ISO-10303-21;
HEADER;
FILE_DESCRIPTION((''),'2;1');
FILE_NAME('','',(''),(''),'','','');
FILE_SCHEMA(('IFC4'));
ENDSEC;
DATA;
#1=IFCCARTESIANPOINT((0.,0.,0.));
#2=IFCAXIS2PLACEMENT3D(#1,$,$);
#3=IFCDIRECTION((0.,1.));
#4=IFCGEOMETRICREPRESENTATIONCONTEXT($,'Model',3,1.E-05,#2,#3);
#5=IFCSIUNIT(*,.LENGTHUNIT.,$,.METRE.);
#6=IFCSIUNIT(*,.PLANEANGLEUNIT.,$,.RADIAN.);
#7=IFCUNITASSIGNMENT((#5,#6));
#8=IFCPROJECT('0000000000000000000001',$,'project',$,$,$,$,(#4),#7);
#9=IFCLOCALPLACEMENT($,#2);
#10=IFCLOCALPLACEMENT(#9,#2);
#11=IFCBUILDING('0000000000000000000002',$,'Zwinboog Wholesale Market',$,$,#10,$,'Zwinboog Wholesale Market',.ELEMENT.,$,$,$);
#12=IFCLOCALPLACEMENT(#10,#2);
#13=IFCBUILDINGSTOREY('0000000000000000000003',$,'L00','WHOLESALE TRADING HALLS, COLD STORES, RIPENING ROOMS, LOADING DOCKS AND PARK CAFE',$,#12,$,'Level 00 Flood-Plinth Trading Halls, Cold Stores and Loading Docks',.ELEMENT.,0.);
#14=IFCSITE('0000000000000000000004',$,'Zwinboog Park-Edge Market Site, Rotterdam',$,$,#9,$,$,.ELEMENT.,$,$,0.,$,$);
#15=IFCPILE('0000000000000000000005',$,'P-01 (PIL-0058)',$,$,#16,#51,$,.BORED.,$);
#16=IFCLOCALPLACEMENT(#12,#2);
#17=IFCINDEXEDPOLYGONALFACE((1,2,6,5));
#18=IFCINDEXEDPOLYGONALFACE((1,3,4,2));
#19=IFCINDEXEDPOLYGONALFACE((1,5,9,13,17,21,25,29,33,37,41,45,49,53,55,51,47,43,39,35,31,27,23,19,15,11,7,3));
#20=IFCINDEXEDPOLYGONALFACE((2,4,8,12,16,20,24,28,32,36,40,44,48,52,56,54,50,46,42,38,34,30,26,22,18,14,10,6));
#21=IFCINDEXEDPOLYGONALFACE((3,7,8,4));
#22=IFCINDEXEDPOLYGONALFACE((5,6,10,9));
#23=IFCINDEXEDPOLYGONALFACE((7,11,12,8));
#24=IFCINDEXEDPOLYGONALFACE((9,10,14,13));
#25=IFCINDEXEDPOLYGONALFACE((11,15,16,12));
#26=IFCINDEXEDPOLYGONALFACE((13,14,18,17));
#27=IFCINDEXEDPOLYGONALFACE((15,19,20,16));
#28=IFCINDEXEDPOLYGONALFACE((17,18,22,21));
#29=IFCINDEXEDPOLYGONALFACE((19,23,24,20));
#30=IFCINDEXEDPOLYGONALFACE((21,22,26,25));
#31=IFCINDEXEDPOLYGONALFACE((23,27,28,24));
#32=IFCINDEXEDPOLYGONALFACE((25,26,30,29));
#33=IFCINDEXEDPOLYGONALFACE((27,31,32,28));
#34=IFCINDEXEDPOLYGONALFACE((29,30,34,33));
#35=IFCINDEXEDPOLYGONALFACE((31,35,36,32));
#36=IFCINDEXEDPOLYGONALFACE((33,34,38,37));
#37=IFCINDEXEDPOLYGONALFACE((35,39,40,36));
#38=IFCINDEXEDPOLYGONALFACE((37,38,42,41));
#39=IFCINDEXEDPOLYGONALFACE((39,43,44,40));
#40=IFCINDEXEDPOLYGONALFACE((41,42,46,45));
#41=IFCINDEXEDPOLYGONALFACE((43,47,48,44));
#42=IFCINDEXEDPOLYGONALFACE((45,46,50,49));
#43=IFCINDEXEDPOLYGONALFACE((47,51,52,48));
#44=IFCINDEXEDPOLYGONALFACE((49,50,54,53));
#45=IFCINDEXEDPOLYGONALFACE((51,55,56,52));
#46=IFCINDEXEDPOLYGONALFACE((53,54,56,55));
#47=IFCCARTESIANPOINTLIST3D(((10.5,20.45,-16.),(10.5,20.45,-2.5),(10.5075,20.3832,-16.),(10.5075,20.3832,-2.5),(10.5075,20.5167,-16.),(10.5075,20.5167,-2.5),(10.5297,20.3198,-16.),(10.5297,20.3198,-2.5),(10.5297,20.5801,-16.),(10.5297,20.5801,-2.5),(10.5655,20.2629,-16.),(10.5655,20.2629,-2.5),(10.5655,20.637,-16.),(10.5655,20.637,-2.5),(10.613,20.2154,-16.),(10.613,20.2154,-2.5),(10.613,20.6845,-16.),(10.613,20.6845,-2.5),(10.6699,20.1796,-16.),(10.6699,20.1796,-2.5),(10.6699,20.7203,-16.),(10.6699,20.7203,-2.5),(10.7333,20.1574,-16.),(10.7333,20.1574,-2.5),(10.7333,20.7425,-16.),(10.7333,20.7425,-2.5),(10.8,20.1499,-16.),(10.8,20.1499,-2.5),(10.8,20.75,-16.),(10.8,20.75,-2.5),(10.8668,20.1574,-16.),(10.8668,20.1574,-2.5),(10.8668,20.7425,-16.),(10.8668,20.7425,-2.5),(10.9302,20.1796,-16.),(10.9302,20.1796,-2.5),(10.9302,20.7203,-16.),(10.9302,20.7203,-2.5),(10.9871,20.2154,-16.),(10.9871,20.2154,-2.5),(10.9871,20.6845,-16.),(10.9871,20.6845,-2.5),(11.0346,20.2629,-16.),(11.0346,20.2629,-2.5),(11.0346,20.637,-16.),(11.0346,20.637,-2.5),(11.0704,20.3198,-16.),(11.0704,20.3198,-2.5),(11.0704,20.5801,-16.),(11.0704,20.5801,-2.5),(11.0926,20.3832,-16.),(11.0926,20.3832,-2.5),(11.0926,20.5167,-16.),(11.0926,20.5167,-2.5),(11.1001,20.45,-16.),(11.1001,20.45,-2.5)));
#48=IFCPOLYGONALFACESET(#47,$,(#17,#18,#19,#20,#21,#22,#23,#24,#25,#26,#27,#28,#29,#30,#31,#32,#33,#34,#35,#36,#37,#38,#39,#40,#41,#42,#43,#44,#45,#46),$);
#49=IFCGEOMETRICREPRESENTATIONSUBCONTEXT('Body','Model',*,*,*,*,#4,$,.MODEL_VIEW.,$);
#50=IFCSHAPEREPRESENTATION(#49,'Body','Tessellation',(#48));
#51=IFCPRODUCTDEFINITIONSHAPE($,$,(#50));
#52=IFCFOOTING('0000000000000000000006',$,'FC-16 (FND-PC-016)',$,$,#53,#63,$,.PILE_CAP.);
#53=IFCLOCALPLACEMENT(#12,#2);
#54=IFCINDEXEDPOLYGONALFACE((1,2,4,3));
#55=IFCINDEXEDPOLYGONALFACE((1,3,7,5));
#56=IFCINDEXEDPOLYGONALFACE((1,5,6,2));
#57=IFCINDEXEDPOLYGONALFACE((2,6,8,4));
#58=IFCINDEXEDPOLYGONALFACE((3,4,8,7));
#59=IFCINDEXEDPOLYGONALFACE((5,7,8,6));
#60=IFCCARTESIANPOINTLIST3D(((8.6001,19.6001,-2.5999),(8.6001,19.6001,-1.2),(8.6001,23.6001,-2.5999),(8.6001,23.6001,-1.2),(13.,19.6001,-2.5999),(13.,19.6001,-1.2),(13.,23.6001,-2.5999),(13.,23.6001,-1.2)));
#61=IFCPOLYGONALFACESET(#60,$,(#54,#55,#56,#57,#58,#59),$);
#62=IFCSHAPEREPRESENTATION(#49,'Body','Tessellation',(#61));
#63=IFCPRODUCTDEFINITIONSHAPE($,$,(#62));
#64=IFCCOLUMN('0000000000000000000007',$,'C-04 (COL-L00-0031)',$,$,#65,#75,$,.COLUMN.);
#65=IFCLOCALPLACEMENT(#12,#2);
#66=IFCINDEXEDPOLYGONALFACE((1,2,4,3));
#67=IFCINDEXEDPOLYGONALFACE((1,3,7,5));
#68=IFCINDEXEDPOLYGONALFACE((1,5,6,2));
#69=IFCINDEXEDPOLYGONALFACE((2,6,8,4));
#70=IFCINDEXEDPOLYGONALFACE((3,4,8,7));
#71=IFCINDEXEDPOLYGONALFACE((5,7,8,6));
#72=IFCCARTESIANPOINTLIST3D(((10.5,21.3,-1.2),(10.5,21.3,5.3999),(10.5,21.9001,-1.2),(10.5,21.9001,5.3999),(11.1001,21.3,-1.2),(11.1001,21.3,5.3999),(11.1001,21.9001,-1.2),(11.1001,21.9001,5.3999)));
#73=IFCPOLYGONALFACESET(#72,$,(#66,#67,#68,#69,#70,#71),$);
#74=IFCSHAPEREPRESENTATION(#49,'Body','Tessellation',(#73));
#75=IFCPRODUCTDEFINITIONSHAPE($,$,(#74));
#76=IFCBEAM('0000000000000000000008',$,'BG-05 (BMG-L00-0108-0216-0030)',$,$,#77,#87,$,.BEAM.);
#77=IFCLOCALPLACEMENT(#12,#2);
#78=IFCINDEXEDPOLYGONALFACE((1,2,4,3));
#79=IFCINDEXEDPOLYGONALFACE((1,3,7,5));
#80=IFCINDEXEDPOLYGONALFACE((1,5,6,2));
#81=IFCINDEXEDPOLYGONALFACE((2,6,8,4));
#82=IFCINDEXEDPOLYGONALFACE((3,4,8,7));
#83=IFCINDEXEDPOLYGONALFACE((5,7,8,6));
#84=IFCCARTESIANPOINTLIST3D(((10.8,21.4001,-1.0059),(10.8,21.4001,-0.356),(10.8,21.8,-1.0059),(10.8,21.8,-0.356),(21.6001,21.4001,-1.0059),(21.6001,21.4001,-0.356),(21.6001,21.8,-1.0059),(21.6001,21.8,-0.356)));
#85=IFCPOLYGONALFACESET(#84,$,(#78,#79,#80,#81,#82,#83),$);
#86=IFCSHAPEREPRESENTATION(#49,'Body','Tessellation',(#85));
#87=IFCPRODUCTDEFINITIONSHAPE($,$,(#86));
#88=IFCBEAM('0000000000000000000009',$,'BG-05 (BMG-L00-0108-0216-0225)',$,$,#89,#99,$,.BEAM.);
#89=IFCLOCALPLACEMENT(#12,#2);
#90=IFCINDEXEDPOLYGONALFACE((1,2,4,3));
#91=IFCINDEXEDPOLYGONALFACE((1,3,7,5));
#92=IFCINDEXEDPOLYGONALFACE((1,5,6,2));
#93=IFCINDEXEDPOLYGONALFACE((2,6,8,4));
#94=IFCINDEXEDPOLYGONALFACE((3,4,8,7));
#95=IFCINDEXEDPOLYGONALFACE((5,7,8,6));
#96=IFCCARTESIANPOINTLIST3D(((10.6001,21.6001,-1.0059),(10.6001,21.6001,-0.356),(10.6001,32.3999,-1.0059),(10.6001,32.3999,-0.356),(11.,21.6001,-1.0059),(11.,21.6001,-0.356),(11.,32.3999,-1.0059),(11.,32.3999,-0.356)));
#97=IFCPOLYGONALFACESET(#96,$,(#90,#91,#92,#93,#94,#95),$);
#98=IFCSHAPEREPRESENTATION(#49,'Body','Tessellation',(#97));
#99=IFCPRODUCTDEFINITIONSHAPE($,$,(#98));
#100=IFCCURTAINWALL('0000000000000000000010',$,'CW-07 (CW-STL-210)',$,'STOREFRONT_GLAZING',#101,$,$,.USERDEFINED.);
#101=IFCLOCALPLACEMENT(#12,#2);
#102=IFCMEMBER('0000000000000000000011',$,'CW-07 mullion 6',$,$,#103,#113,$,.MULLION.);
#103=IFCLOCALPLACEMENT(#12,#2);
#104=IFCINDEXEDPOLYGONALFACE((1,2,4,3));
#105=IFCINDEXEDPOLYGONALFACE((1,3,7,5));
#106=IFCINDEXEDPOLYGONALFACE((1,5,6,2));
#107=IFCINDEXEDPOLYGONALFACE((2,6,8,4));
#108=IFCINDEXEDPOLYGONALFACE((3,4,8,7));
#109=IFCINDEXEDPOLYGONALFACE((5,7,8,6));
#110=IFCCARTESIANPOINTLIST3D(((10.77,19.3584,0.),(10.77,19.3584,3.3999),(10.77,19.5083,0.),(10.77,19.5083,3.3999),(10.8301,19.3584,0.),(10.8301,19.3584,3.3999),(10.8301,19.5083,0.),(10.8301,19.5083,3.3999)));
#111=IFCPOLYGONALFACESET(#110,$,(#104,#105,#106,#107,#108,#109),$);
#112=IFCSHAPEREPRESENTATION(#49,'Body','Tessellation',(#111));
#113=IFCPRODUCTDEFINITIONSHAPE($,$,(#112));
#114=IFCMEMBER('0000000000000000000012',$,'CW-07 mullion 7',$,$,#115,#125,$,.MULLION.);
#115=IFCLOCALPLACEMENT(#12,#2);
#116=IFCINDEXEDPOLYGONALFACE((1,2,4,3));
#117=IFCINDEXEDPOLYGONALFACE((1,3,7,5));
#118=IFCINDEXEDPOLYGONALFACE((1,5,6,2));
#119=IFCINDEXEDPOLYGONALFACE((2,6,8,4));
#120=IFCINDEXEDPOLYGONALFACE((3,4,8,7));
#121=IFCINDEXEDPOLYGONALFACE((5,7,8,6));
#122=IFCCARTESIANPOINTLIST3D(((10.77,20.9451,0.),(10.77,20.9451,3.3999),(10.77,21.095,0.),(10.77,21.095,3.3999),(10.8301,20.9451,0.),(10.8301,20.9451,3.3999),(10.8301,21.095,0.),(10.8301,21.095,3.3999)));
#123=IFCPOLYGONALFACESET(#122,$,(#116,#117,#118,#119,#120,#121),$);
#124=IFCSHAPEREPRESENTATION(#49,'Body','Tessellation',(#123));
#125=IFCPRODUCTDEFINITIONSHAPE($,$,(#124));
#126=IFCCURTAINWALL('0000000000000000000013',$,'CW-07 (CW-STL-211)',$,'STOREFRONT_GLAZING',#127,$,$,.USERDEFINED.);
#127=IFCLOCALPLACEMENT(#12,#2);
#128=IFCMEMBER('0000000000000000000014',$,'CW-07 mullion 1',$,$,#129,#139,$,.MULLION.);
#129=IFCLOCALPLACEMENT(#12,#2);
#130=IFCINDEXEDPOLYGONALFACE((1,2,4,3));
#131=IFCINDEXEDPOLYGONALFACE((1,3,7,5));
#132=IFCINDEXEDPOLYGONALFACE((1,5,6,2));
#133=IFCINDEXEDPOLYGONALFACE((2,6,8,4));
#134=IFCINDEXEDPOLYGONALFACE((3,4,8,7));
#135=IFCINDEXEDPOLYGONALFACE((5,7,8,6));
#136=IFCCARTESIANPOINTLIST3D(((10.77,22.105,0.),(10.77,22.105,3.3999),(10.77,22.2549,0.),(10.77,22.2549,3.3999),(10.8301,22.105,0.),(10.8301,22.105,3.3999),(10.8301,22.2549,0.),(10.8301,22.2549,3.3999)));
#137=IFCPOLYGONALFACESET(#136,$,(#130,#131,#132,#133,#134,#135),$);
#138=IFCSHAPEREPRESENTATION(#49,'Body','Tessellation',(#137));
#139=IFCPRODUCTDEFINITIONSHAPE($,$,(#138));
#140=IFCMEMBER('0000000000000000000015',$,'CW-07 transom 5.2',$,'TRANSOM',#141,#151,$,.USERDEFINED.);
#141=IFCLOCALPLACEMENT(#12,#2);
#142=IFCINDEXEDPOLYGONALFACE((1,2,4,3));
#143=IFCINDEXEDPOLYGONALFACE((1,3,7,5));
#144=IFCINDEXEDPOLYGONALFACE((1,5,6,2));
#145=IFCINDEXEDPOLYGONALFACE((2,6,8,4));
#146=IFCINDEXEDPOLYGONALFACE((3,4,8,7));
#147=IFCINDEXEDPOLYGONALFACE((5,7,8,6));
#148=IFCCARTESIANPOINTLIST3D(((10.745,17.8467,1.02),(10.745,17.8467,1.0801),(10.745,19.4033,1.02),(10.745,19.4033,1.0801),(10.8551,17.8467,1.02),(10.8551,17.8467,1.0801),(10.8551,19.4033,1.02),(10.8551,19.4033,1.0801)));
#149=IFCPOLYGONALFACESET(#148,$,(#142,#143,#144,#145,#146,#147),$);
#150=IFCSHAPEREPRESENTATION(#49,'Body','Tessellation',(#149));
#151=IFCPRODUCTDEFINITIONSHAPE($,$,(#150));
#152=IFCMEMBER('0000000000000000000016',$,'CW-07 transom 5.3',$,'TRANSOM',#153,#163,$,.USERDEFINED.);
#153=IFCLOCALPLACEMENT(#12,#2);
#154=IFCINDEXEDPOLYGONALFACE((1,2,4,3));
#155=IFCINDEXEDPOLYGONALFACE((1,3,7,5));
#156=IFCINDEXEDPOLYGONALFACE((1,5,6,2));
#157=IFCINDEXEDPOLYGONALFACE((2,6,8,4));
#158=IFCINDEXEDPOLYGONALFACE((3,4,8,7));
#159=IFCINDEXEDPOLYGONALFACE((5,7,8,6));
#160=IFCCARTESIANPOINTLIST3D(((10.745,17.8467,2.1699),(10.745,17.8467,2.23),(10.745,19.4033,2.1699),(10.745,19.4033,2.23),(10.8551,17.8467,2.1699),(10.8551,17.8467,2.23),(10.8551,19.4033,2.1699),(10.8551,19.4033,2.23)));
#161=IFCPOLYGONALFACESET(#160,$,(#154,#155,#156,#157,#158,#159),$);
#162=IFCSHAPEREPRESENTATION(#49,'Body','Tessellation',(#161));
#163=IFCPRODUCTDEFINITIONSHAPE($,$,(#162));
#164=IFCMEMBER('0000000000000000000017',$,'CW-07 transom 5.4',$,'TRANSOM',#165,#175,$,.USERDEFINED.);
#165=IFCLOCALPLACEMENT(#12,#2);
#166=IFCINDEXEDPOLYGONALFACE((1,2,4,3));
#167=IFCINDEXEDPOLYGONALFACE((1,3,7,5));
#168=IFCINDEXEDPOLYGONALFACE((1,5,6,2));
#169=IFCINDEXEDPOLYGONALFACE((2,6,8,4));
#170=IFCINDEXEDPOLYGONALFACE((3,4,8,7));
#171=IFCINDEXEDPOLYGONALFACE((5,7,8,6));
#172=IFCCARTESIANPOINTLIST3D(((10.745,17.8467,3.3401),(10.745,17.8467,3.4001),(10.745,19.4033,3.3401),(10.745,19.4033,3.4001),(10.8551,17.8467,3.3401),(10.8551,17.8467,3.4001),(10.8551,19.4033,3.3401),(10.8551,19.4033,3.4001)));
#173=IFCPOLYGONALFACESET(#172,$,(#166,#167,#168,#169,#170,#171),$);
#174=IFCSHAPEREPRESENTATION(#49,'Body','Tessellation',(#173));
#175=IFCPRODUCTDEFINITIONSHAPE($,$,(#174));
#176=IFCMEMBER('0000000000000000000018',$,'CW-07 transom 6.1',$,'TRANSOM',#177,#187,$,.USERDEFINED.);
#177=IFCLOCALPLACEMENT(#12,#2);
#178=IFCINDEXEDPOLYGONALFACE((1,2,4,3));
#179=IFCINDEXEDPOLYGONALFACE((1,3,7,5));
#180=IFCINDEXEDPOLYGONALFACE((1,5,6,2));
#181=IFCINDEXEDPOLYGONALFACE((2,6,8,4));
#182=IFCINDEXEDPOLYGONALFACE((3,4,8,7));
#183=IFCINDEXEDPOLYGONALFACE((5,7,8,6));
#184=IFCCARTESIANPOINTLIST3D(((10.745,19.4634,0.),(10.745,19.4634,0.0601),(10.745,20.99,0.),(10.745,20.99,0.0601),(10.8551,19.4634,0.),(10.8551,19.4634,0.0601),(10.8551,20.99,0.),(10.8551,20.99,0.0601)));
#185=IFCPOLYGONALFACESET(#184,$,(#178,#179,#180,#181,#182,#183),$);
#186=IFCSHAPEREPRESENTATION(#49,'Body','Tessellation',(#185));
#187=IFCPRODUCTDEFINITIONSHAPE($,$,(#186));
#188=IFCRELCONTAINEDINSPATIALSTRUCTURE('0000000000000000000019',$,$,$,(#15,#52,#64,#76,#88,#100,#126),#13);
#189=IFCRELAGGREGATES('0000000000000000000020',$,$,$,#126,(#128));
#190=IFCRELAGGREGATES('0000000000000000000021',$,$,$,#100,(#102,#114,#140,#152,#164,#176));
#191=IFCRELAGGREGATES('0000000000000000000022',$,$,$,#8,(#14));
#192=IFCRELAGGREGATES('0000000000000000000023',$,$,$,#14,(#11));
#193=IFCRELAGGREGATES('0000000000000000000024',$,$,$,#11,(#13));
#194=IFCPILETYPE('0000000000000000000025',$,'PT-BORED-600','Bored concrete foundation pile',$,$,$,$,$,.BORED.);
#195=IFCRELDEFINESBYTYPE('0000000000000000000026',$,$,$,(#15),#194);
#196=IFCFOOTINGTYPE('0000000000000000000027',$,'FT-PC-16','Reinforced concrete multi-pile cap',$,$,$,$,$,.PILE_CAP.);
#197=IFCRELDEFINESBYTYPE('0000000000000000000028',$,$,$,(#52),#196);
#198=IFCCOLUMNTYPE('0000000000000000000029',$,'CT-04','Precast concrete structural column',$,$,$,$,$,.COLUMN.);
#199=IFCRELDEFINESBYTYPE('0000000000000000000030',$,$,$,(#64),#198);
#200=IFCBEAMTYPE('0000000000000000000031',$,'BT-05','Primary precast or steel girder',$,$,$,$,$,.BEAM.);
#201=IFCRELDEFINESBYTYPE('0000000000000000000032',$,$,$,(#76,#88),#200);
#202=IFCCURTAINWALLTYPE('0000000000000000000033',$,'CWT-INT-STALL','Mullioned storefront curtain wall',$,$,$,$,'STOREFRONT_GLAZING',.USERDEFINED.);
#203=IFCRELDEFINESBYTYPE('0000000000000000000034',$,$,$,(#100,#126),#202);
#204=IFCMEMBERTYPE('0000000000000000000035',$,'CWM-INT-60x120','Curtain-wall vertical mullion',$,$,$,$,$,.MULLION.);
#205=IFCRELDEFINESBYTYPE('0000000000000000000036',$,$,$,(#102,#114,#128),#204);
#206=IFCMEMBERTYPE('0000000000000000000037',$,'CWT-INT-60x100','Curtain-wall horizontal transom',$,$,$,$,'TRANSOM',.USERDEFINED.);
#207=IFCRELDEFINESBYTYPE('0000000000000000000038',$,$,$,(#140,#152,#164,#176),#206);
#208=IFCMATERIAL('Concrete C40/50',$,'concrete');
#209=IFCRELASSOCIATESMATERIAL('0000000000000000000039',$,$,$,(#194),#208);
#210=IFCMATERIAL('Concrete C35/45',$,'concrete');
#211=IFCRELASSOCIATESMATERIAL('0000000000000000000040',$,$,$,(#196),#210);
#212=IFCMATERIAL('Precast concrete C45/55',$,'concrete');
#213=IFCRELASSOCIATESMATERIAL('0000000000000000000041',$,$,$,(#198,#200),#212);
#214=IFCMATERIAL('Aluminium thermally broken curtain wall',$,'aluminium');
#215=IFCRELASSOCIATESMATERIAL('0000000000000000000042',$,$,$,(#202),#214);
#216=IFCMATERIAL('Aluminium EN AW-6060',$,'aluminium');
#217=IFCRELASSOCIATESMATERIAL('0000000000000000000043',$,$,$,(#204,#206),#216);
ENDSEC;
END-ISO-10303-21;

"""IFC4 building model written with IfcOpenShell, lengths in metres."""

from ifc_helpers import new_model, si_unit, direction, frame, origin, origin_2d, place, context, subcontext, project, spatial, rectangle, circle, extrude, material, material_profile, profile_set, type_object, element, aggregate, save


model = new_model("IFC4")

# Units and contexts
model_context = context("Model", 3, precision=1e-05, world=origin(), true_north=direction((0.0, 1.0)))
body_context = subcontext(model_context, "Body", "Model", "MODEL_VIEW")
ifc_project = project(units=[si_unit("LENGTHUNIT", "METRE"), si_unit("PLANEANGLEUNIT", "RADIAN")], contexts=[model_context])

# Site, building, storey
site_placement = place(None, origin())
site = spatial("IfcSite", under=ifc_project, at=site_placement, Name="Zwinboog Park-Edge Market Site, Rotterdam", CompositionType="ELEMENT", RefElevation=0.0)
building_placement = place(site_placement, origin())
building = spatial("IfcBuilding", under=site, at=building_placement, Name="Zwinboog Wholesale Market", LongName="Zwinboog Wholesale Market", CompositionType="ELEMENT")
storey_placement = place(building_placement, origin())
storey = spatial("IfcBuildingStorey", under=building, at=storey_placement, Name="L00", Description="WHOLESALE TRADING HALLS, COLD STORES, RIPENING ROOMS, LOADING DOCKS AND PARK CAFE", LongName="Level 00 Flood-Plinth Trading Halls, Cold Stores and Loading Docks", CompositionType="ELEMENT", Elevation=0.0)

# Pile
ifc_material_1 = material(Name="Concrete C40/50", Category="concrete")
ifc_material_profile_1 = material_profile(ifc_material_1, circle(Radius=0.3, at=origin_2d()), Name="PILE D600")
ifc_profile_set_1 = profile_set([ifc_material_profile_1], Name="Concrete C40/50")
pile_type = type_object("IfcPileType", Name="PT-BORED-600", Description="Bored concrete foundation pile", PredefinedType="BORED", material=ifc_profile_set_1)
pile_placement = place(storey_placement, frame((10.8, 20.45, -2.5), z_axis=(0.0, 0.0, -1.0), x_axis=(1.0, 0.0, 0.0)))
element("IfcPile", 1, at=pile_placement, inside=storey, type_object=pile_type, Name="P-01 (PIL-0058)", PredefinedType="BORED", context=body_context, shape_type="SweptSolid", body=[
    extrude(circle(Radius=0.3, at=origin_2d()), origin(), (0.0, 0.0, 1.0), 13.5),
])

# Footing
ifc_material_2 = material(Name="Concrete C35/45", Category="concrete")
footing_type = type_object("IfcFootingType", Name="FT-PC-16", Description="Reinforced concrete multi-pile cap", PredefinedType="PILE_CAP", material=ifc_material_2)
footing_placement = place(storey_placement, frame((10.8, 21.6001, -2.5999), z_axis=(0.0, 0.0, 1.0), x_axis=(1.0, 0.0, 0.0)))
element("IfcFooting", 2, at=footing_placement, inside=storey, type_object=footing_type, Name="FC-16 (FND-PC-016)", PredefinedType="PILE_CAP", context=body_context, shape_type="SweptSolid", body=[
    extrude(rectangle(XDim=4.3999, YDim=4.0, at=origin_2d()), origin(), (0.0, 0.0, 1.0), 1.3999),
])

# Column
ifc_material_3 = material(Name="Precast concrete C45/55", Category="concrete")
ifc_material_profile_2 = material_profile(ifc_material_3, rectangle(XDim=0.6001, YDim=0.6001, at=origin_2d()), Name="PC 600x600")
ifc_profile_set_2 = profile_set([ifc_material_profile_2], Name="Precast concrete C45/55")
column_type = type_object("IfcColumnType", Name="CT-04", Description="Precast concrete structural column", PredefinedType="COLUMN", material=ifc_profile_set_2)
column_placement = place(storey_placement, frame((10.8, 21.6001, -1.2), z_axis=(0.0, 0.0, 1.0), x_axis=(1.0, 0.0, 0.0)))
element("IfcColumn", 3, at=column_placement, inside=storey, type_object=column_type, Name="C-04 (COL-L00-0031)", PredefinedType="COLUMN", context=body_context, shape_type="SweptSolid", body=[
    extrude(rectangle(XDim=0.6001, YDim=0.6001, at=origin_2d()), origin(), (0.0, 0.0, 1.0), 6.5999),
])

# Beams
ifc_material_profile_3 = material_profile(ifc_material_3, rectangle(XDim=0.3999, YDim=0.6499, at=origin_2d()), Name="PC 400x650")
ifc_profile_set_3 = profile_set([ifc_material_profile_3], Name="Precast concrete C45/55")
beam_type = type_object("IfcBeamType", Name="BT-05", Description="Primary precast or steel girder", PredefinedType="BEAM", material=ifc_profile_set_3)
beam_1_placement = place(storey_placement, frame((10.8, 21.6001, -0.6809), z_axis=(1.0, 0.0, 0.0), x_axis=(0.0, 1.0, 0.0)))
element("IfcBeam", 4, at=beam_1_placement, inside=storey, type_object=beam_type, Name="BG-05 (BMG-L00-0108-0216-0030)", PredefinedType="BEAM", context=body_context, shape_type="SweptSolid", body=[
    extrude(rectangle(XDim=0.3999, YDim=0.6499, at=origin_2d()), origin(), (0.0, 0.0, 1.0), 10.8),
])
beam_2_placement = place(storey_placement, frame((10.8, 21.6001, -0.6809), z_axis=(0.0, 1.0, 0.0), x_axis=(-1.0, 0.0, 0.0)))
element("IfcBeam", 5, at=beam_2_placement, inside=storey, type_object=beam_type, Name="BG-05 (BMG-L00-0108-0216-0225)", PredefinedType="BEAM", context=body_context, shape_type="SweptSolid", body=[
    extrude(rectangle(XDim=0.3999, YDim=0.6499, at=origin_2d()), origin(), (0.0, 0.0, 1.0), 10.7998),
])

# Curtain wall, members
ifc_material_4 = material(Name="Aluminium thermally broken curtain wall", Category="aluminium")
curtain_wall_type = type_object("IfcCurtainWallType", Name="CWT-INT-STALL", Description="Mullioned storefront curtain wall", ElementType="STOREFRONT_GLAZING", PredefinedType="USERDEFINED", material=ifc_material_4)
curtain_wall_1_placement = place(storey_placement, origin())
curtain_wall_1 = element("IfcCurtainWall", 6, at=curtain_wall_1_placement, inside=storey, type_object=curtain_wall_type, Name="CW-07 (CW-STL-210)", ObjectType="STOREFRONT_GLAZING", PredefinedType="USERDEFINED")
ifc_material_5 = material(Name="Aluminium EN AW-6060", Category="aluminium")
ifc_material_profile_4 = material_profile(ifc_material_5, rectangle(XDim=0.0601, YDim=0.1499, at=origin_2d()), Name="AL 60x150")
ifc_profile_set_4 = profile_set([ifc_material_profile_4], Name="Aluminium EN AW-6060")
member_type_1 = type_object("IfcMemberType", Name="CWM-INT-60x120", Description="Curtain-wall vertical mullion", PredefinedType="MULLION", material=ifc_profile_set_4)
member_1_placement = place(storey_placement, frame((10.8, 19.4333, 0.0), z_axis=(0.0, 0.0, 1.0), x_axis=(-1.0, 0.0, 0.0)))
member_1 = element("IfcMember", 7, at=member_1_placement, type_object=member_type_1, Name="CW-07 mullion 6", PredefinedType="MULLION", context=body_context, shape_type="SweptSolid", body=[
    extrude(rectangle(XDim=0.0601, YDim=0.1499, at=origin_2d()), origin(), (0.0, 0.0, 1.0), 3.3999),
])
member_2_placement = place(storey_placement, frame((10.8, 21.02, 0.0), z_axis=(0.0, 0.0, 1.0), x_axis=(-1.0, 0.0, 0.0)))
member_2 = element("IfcMember", 8, at=member_2_placement, type_object=member_type_1, Name="CW-07 mullion 7", PredefinedType="MULLION", context=body_context, shape_type="SweptSolid", body=[
    extrude(rectangle(XDim=0.0601, YDim=0.1499, at=origin_2d()), origin(), (0.0, 0.0, 1.0), 3.3999),
])

# Curtain wall, member
curtain_wall_2_placement = place(storey_placement, origin())
curtain_wall_2 = element("IfcCurtainWall", 9, at=curtain_wall_2_placement, inside=storey, type_object=curtain_wall_type, Name="CW-07 (CW-STL-211)", ObjectType="STOREFRONT_GLAZING", PredefinedType="USERDEFINED")
member_3_placement = place(storey_placement, frame((10.8, 22.1799, 0.0), z_axis=(0.0, 0.0, 1.0), x_axis=(-1.0, 0.0, 0.0)))
member_3 = element("IfcMember", 10, at=member_3_placement, type_object=member_type_1, Name="CW-07 mullion 1", PredefinedType="MULLION", context=body_context, shape_type="SweptSolid", body=[
    extrude(rectangle(XDim=0.0601, YDim=0.1499, at=origin_2d()), origin(), (0.0, 0.0, 1.0), 3.3999),
])
aggregate(curtain_wall_2, [member_3])

# Members
ifc_material_profile_5 = material_profile(ifc_material_5, rectangle(XDim=0.1101, YDim=0.0601, at=origin_2d()), Name="AL 60x110")
ifc_profile_set_5 = profile_set([ifc_material_profile_5], Name="Aluminium EN AW-6060")
member_type_2 = type_object("IfcMemberType", Name="CWT-INT-60x100", Description="Curtain-wall horizontal transom", ElementType="TRANSOM", PredefinedType="USERDEFINED", material=ifc_profile_set_5)
member_4_placement = place(storey_placement, frame((10.8, 17.8467, 1.05), z_axis=(0.0, 1.0, 0.0), x_axis=(-1.0, 0.0, 0.0)))
member_4 = element("IfcMember", 11, at=member_4_placement, type_object=member_type_2, Name="CW-07 transom 5.2", ObjectType="TRANSOM", PredefinedType="USERDEFINED", context=body_context, shape_type="SweptSolid", body=[
    extrude(rectangle(XDim=0.1101, YDim=0.0601, at=origin_2d()), origin(), (0.0, 0.0, 1.0), 1.5566),
])
member_5_placement = place(storey_placement, frame((10.8, 17.8467, 2.2), z_axis=(0.0, 1.0, 0.0), x_axis=(-1.0, 0.0, 0.0)))
member_5 = element("IfcMember", 12, at=member_5_placement, type_object=member_type_2, Name="CW-07 transom 5.3", ObjectType="TRANSOM", PredefinedType="USERDEFINED", context=body_context, shape_type="SweptSolid", body=[
    extrude(rectangle(XDim=0.1101, YDim=0.0601, at=origin_2d()), origin(), (0.0, 0.0, 1.0), 1.5566),
])
member_6_placement = place(storey_placement, frame((10.8, 17.8467, 3.3701), z_axis=(0.0, 1.0, 0.0), x_axis=(-1.0, 0.0, 0.0)))
member_6 = element("IfcMember", 13, at=member_6_placement, type_object=member_type_2, Name="CW-07 transom 5.4", ObjectType="TRANSOM", PredefinedType="USERDEFINED", context=body_context, shape_type="SweptSolid", body=[
    extrude(rectangle(XDim=0.1101, YDim=0.0601, at=origin_2d()), origin(), (0.0, 0.0, 1.0), 1.5566),
])
member_7_placement = place(storey_placement, frame((10.8, 19.4634, 0.03), z_axis=(0.0, 1.0, 0.0), x_axis=(-1.0, 0.0, 0.0)))
member_7 = element("IfcMember", 14, at=member_7_placement, type_object=member_type_2, Name="CW-07 transom 6.1", ObjectType="TRANSOM", PredefinedType="USERDEFINED", context=body_context, shape_type="SweptSolid", body=[
    extrude(rectangle(XDim=0.1101, YDim=0.0601, at=origin_2d()), origin(), (0.0, 0.0, 1.0), 1.5266),
])

aggregate(curtain_wall_1, [member_1, member_2, member_4, member_5, member_6, member_7])

save(model, "model.ifc")
